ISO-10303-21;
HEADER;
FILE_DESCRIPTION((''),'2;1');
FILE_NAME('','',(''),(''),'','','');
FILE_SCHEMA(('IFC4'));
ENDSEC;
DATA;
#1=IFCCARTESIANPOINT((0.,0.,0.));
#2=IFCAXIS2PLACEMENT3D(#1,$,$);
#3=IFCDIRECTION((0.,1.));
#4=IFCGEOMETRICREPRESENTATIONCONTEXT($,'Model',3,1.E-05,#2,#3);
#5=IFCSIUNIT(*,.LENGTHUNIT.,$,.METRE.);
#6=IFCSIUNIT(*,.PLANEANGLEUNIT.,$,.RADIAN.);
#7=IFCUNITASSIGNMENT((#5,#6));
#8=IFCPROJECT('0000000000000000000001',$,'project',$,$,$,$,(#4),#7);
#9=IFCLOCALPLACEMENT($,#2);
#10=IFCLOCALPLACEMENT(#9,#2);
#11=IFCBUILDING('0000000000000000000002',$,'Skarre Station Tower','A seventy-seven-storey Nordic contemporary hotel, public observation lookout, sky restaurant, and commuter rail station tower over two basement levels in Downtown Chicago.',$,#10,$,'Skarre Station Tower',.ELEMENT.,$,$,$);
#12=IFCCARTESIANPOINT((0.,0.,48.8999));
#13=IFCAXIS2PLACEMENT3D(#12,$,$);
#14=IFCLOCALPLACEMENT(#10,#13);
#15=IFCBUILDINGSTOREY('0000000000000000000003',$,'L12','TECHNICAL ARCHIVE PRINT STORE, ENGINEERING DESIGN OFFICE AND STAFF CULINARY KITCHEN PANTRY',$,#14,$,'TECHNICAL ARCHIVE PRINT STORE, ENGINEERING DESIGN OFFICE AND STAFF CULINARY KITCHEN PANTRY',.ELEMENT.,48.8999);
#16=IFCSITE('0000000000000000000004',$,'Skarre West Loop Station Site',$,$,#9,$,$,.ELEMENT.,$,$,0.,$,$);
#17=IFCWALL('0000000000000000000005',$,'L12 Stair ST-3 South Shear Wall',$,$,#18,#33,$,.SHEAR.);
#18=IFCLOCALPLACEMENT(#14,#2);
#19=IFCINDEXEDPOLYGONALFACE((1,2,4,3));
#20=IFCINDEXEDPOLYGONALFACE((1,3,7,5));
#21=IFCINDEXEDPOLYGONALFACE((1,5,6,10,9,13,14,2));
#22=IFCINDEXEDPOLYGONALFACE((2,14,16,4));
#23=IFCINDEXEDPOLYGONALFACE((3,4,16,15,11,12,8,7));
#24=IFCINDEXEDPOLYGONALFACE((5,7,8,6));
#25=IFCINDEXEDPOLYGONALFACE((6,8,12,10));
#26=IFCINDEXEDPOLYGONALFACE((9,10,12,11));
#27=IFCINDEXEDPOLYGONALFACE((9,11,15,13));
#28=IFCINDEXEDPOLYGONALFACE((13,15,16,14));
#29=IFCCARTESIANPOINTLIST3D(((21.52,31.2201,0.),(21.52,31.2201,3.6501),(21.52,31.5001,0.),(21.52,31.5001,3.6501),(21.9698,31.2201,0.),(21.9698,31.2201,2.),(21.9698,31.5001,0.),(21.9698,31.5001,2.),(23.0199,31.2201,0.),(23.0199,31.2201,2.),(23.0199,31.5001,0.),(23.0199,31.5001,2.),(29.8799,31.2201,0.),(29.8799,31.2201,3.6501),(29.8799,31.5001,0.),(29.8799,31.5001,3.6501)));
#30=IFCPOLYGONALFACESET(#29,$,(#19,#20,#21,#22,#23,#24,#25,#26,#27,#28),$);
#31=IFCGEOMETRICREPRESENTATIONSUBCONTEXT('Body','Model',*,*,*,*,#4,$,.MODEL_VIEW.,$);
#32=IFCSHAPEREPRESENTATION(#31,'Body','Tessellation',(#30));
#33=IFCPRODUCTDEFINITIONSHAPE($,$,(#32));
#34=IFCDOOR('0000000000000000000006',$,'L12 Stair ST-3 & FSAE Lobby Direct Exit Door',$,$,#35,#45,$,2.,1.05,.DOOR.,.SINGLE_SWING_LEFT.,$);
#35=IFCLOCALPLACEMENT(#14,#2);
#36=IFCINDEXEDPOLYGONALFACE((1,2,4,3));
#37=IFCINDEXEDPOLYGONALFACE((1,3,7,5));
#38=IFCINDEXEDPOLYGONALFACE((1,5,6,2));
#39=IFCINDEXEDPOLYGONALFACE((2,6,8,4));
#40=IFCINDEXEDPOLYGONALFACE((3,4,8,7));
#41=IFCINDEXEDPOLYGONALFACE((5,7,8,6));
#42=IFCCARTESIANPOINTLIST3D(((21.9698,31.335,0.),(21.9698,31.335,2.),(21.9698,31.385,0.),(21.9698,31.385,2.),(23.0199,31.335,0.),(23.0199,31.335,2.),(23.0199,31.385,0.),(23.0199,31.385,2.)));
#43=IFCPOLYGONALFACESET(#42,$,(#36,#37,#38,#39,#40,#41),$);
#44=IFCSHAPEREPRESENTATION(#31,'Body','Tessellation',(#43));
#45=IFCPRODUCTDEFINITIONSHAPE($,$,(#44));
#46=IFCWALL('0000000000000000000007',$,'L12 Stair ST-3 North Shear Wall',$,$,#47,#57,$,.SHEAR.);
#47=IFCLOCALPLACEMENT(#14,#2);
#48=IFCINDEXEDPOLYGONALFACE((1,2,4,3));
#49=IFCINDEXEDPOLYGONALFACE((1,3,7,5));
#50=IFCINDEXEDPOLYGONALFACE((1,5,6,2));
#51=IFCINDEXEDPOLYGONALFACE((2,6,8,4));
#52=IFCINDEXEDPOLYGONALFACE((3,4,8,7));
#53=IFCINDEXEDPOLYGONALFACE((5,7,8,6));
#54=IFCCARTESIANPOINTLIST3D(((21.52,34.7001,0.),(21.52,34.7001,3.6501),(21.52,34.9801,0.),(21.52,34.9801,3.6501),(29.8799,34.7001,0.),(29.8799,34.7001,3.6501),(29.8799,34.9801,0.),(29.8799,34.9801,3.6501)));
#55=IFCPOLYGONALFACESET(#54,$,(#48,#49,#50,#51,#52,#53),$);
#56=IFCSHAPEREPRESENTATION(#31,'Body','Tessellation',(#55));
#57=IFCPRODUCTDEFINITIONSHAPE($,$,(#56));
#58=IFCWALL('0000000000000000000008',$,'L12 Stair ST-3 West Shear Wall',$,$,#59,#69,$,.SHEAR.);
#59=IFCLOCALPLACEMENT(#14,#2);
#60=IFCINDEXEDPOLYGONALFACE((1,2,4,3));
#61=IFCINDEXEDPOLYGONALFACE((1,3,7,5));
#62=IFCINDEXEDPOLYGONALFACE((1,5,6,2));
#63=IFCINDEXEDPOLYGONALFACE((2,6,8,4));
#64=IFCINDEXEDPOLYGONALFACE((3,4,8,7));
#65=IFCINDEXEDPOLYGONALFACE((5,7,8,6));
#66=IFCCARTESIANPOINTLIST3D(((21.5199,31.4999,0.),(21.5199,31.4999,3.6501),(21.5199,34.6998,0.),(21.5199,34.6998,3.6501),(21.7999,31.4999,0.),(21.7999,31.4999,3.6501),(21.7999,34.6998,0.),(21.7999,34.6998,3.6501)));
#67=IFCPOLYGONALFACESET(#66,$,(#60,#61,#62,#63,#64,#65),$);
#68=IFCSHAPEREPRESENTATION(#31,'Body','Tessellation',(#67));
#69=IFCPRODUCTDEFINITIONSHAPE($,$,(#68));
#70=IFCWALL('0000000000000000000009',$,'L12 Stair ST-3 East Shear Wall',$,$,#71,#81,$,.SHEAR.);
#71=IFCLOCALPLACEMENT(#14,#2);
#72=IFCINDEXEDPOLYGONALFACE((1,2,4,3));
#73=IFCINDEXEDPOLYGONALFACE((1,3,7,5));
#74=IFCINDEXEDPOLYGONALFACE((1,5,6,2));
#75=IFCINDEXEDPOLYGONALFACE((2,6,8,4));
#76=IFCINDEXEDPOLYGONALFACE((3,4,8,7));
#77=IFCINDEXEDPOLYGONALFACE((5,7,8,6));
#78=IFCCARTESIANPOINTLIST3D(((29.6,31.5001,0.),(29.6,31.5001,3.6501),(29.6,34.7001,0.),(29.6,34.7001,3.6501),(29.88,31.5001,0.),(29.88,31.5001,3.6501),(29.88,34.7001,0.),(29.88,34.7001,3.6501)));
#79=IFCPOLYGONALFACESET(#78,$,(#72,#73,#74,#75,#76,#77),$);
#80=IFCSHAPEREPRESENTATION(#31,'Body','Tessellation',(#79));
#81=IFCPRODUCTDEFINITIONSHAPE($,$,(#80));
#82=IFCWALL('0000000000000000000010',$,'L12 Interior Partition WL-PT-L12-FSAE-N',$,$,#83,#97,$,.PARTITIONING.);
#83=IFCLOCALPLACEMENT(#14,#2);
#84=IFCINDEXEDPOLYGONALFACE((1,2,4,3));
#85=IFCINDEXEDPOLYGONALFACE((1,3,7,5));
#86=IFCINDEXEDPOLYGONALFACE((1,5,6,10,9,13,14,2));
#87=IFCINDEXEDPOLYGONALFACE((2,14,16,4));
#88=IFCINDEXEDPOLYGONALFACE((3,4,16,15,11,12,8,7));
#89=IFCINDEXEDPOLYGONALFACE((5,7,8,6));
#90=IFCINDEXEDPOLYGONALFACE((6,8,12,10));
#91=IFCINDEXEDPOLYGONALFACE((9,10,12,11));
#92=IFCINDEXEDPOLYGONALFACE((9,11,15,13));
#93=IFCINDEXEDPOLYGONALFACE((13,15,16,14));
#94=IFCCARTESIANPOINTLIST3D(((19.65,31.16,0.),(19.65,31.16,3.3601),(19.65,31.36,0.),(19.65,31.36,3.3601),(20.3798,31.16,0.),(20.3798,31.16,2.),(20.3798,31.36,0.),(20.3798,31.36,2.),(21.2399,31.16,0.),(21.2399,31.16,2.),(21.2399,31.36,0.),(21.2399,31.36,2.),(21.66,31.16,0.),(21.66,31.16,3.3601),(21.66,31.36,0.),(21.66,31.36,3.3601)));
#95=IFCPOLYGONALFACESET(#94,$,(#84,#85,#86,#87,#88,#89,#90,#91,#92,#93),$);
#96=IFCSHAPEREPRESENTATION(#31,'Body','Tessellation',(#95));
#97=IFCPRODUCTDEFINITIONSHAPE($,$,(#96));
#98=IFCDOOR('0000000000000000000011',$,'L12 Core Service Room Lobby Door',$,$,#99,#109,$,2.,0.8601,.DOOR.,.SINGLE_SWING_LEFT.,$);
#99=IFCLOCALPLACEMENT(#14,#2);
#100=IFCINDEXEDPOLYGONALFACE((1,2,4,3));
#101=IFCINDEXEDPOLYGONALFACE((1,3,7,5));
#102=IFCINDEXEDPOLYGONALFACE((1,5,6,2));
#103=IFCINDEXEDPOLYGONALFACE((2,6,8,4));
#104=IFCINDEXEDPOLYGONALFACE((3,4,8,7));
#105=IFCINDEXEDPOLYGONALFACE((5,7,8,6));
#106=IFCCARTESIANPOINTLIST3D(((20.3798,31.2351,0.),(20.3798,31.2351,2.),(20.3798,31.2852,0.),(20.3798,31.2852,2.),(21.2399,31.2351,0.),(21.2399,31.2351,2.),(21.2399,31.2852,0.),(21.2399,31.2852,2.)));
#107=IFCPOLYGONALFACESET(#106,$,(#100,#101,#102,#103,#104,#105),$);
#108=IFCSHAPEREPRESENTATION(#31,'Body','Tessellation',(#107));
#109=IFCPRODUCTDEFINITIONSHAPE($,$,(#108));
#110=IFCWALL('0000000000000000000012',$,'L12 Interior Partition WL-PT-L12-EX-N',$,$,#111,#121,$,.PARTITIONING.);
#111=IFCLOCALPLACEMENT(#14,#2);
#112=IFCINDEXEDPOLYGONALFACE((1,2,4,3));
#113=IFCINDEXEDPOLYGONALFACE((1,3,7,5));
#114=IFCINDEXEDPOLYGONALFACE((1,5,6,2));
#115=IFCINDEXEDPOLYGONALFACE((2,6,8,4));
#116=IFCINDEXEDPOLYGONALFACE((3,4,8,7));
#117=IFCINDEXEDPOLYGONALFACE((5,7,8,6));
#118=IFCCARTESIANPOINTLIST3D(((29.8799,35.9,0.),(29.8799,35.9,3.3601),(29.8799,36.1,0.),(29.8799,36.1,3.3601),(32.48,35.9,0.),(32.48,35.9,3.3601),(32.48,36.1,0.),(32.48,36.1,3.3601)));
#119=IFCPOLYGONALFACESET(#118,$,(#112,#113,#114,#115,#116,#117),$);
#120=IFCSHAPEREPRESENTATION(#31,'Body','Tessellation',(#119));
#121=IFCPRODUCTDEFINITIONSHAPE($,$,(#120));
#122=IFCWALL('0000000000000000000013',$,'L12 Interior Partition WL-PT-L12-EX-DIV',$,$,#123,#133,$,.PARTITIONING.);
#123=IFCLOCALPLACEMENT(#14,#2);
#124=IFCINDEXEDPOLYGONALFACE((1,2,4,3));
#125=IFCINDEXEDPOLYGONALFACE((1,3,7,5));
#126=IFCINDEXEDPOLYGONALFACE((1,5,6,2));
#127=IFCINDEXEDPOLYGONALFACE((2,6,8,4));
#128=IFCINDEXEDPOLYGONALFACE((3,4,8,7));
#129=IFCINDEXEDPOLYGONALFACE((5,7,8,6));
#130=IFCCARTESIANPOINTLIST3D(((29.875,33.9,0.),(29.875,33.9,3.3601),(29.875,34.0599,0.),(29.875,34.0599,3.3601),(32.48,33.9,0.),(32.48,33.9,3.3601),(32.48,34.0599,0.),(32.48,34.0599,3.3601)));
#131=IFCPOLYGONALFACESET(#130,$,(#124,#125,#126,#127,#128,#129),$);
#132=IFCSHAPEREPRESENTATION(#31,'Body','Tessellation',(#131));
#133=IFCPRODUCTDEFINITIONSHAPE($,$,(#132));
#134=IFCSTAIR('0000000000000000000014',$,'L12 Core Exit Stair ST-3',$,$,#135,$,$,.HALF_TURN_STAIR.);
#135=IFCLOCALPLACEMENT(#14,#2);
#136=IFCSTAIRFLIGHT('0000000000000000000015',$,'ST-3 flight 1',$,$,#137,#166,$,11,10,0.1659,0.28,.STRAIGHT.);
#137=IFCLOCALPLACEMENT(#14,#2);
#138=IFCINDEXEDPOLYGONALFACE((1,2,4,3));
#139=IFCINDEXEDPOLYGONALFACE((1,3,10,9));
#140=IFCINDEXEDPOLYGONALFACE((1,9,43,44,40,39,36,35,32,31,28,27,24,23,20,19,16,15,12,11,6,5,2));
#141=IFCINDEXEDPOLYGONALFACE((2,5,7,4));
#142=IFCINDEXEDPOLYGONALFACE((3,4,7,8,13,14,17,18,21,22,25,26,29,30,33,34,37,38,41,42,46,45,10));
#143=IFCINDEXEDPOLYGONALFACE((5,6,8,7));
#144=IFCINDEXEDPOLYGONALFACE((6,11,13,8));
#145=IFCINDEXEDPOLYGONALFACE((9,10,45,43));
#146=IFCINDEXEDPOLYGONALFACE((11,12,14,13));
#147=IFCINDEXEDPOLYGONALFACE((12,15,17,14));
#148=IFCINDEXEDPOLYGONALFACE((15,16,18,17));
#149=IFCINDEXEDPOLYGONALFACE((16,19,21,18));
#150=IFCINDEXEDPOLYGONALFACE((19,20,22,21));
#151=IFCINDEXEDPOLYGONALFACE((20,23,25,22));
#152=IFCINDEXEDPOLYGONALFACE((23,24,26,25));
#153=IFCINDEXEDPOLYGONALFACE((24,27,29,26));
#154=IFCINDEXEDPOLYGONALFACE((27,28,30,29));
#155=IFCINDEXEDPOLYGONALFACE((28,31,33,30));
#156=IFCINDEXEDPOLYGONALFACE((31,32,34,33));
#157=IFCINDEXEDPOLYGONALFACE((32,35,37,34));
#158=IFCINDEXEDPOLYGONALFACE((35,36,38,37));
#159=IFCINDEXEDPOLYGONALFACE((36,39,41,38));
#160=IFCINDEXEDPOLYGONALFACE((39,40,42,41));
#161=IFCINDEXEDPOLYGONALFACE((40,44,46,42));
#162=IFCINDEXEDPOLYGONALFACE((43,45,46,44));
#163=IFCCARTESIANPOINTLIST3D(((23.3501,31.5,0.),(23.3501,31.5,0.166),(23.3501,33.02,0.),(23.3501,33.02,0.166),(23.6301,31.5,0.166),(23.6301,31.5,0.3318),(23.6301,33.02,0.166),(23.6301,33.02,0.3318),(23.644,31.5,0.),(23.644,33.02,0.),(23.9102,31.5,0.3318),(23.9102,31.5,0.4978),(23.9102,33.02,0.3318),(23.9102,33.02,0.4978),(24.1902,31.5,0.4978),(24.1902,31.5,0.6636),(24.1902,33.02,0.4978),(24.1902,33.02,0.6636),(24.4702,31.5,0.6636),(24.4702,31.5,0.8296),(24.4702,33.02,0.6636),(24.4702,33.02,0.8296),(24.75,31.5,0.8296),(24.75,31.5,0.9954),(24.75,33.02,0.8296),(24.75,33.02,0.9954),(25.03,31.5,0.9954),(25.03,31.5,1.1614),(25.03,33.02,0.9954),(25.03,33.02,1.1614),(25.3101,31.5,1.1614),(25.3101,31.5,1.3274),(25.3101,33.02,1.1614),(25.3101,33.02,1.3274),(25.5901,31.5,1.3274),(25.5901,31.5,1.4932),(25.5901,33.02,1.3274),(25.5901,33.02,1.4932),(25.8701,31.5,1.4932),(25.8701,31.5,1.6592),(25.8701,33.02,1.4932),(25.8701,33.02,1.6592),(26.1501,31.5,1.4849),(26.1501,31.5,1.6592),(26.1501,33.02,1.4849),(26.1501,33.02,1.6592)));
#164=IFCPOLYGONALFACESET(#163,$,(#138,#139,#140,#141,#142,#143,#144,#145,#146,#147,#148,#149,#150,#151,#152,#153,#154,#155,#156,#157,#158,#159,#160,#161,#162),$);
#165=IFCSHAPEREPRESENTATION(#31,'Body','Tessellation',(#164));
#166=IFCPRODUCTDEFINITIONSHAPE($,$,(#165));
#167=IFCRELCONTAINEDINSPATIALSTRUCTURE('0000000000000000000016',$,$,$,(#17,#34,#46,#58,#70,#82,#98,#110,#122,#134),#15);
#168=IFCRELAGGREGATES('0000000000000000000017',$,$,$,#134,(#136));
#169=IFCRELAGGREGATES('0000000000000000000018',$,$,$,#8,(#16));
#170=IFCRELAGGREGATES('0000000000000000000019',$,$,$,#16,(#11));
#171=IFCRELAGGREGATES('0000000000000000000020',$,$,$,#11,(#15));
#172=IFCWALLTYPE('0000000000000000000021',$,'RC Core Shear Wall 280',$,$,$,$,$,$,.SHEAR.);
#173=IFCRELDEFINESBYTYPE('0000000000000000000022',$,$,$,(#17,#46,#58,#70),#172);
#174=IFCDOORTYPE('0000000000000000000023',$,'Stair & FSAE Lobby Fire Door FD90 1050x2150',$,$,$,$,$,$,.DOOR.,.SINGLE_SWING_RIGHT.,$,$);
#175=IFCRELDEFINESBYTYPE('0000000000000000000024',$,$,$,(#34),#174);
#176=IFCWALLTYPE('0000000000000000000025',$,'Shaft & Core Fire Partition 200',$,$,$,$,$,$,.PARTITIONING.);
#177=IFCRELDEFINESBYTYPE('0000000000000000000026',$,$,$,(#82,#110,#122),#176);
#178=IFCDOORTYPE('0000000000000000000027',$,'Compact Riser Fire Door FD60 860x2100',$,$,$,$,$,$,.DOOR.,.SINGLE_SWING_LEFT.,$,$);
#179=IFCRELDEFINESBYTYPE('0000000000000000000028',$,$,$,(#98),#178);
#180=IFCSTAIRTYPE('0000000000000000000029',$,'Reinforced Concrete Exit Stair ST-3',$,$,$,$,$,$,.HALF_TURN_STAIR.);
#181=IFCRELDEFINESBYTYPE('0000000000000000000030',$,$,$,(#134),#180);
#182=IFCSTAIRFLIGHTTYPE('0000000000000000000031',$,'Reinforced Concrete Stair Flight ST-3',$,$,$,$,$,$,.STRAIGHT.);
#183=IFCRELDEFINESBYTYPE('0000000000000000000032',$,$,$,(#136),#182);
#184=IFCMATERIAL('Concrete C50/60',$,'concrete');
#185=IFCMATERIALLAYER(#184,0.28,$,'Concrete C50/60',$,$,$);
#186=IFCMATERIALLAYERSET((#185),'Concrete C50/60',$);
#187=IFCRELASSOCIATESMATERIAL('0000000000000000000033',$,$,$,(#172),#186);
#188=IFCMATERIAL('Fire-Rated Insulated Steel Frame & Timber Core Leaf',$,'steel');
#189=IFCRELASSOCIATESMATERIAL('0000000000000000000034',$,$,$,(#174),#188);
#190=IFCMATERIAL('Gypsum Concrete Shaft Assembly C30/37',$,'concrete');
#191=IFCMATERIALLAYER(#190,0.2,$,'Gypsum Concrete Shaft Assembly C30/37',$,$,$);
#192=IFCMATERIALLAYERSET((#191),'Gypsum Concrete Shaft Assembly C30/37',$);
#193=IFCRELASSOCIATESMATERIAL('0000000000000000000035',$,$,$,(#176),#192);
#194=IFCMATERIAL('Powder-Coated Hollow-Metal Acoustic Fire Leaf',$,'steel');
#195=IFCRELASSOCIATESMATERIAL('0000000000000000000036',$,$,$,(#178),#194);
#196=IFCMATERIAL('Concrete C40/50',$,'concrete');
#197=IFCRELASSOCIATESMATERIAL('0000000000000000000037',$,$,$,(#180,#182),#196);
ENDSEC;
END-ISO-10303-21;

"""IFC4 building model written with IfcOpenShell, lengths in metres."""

from ifc_helpers import new_model, si_unit, direction, frame, frame_2d, origin, place, context, subcontext, project, spatial, polyline, rectangle, outline, extrude, material, layer, layer_set, type_object, element, fill, aggregate, save


model = new_model("IFC4")

# Units and contexts
model_context = context("Model", 3, precision=1e-05, world=origin(), true_north=direction((0.0, 1.0)))
body_context = subcontext(model_context, "Body", "Model", "MODEL_VIEW")
ifc_project = project(units=[si_unit("LENGTHUNIT", "METRE"), si_unit("PLANEANGLEUNIT", "RADIAN")], contexts=[model_context])

# Site, building, storey
site_placement = place(None, origin())
site = spatial("IfcSite", under=ifc_project, at=site_placement, Name="Skarre West Loop Station Site", CompositionType="ELEMENT", RefElevation=0.0)
building_placement = place(site_placement, origin())
building = spatial("IfcBuilding", under=site, at=building_placement, Name="Skarre Station Tower", Description="A seventy-seven-storey Nordic contemporary hotel, public observation lookout, sky restaurant, and commuter rail station tower over two basement levels in Downtown Chicago.", LongName="Skarre Station Tower", CompositionType="ELEMENT")
storey_placement = place(building_placement, frame((0.0, 0.0, 48.8999)))
storey = spatial("IfcBuildingStorey", under=building, at=storey_placement, Name="L12", Description="TECHNICAL ARCHIVE PRINT STORE, ENGINEERING DESIGN OFFICE AND STAFF CULINARY KITCHEN PANTRY", LongName="TECHNICAL ARCHIVE PRINT STORE, ENGINEERING DESIGN OFFICE AND STAFF CULINARY KITCHEN PANTRY", CompositionType="ELEMENT", Elevation=48.8999)

# Wall, opening, door
ifc_material_1 = material(Name="Concrete C50/60", Category="concrete")
ifc_layer_1 = layer(ifc_material_1, 0.28, Name="Concrete C50/60")
ifc_layer_set_1 = layer_set([ifc_layer_1], Name="Concrete C50/60")
wall_type_1 = type_object("IfcWallType", Name="RC Core Shear Wall 280", PredefinedType="SHEAR", material=ifc_layer_set_1)
wall_1_placement = place(storey_placement, frame((21.52, 31.3601, 0.0), z_axis=(0.0, 0.0, 1.0), x_axis=(1.0, 0.0, 0.0)))
wall_1 = element("IfcWall", 1, at=wall_1_placement, inside=storey, type_object=wall_type_1, Name="L12 Stair ST-3 South Shear Wall", PredefinedType="SHEAR", context=body_context, shape_type="SweptSolid", body=[
    extrude(rectangle(XDim=8.3599, YDim=0.28, at=frame_2d((4.1799, 0.0))), origin(), (0.0, 0.0, 1.0), 3.6501),
])
opening_1_placement = place(wall_1_placement, frame((0.45, 0.0, 0.0)))
opening_1 = element("IfcOpeningElement", 2, at=opening_1_placement, cuts=wall_1, PredefinedType="OPENING", context=body_context, shape_type="SweptSolid", body=[
    extrude(rectangle(XDim=1.05, YDim=2.0, at=frame_2d((0.5249, 1.0))), frame((0.0, 0.1499, 0.0), z_axis=(0.0, -1.0, 0.0), x_axis=(1.0, 0.0, 0.0)), (0.0, 0.0, 1.0), 0.3),
])
ifc_material_2 = material(Name="Fire-Rated Insulated Steel Frame & Timber Core Leaf", Category="steel")
door_type_1 = type_object("IfcDoorType", Name="Stair & FSAE Lobby Fire Door FD90 1050x2150", OperationType="SINGLE_SWING_RIGHT", PredefinedType="DOOR", material=ifc_material_2)
door_1_placement = place(opening_1_placement, origin())
door_1 = element("IfcDoor", 3, at=door_1_placement, inside=storey, type_object=door_type_1, Name="L12 Stair ST-3 & FSAE Lobby Direct Exit Door", OperationType="SINGLE_SWING_LEFT", OverallHeight=2.0, OverallWidth=1.05, PredefinedType="DOOR", context=body_context, shape_type="SweptSolid", body=[
    extrude(rectangle(XDim=1.05, YDim=2.0, at=frame_2d((0.5249, 1.0))), frame((0.0, 0.0249, 0.0), z_axis=(0.0, -1.0, 0.0), x_axis=(1.0, 0.0, 0.0)), (0.0, 0.0, 1.0), 0.05),
])
fill(opening_1, door_1)

# Walls
wall_2_placement = place(storey_placement, frame((29.8799, 34.8401, 0.0), z_axis=(0.0, 0.0, 1.0), x_axis=(-1.0, 0.0, 0.0)))
element("IfcWall", 4, at=wall_2_placement, inside=storey, type_object=wall_type_1, Name="L12 Stair ST-3 North Shear Wall", PredefinedType="SHEAR", context=body_context, shape_type="SweptSolid", body=[
    extrude(rectangle(XDim=8.3599, YDim=0.28, at=frame_2d((4.1799, 0.0))), origin(), (0.0, 0.0, 1.0), 3.6501),
])
for number, where, z_axis, x_axis, name in (
    (5, (21.6599, 34.7, 0.0), (0.0, 0.0, 1.0), (0.0, -1.0, 0.0), "L12 Stair ST-3 West Shear Wall"),
    (6, (29.74, 31.5, 0.0), (0.0, 0.0, 1.0), (0.0, 1.0, 0.0), "L12 Stair ST-3 East Shear Wall"),
):
    element("IfcWall", number, at=place(storey_placement, frame(where, z_axis=z_axis, x_axis=x_axis)), inside=storey, type_object=wall_type_1, Name=name, PredefinedType="SHEAR", context=body_context, shape_type="SweptSolid", body=[
        extrude(rectangle(XDim=3.2, YDim=0.28, at=frame_2d((1.6001, 0.0))), origin(), (0.0, 0.0, 1.0), 3.6501),
    ])

# Wall, opening, door
ifc_material_3 = material(Name="Gypsum Concrete Shaft Assembly C30/37", Category="concrete")
ifc_layer_2 = layer(ifc_material_3, 0.2, Name="Gypsum Concrete Shaft Assembly C30/37")
ifc_layer_set_2 = layer_set([ifc_layer_2], Name="Gypsum Concrete Shaft Assembly C30/37")
wall_type_2 = type_object("IfcWallType", Name="Shaft & Core Fire Partition 200", PredefinedType="PARTITIONING", material=ifc_layer_set_2)
wall_3_placement = place(storey_placement, frame((21.6599, 31.26, 0.0), z_axis=(0.0, 0.0, 1.0), x_axis=(-1.0, 0.0, 0.0)))
wall_3 = element("IfcWall", 7, at=wall_3_placement, inside=storey, type_object=wall_type_2, Name="L12 Interior Partition WL-PT-L12-FSAE-N", PredefinedType="PARTITIONING", context=body_context, shape_type="SweptSolid", body=[
    extrude(rectangle(XDim=2.01, YDim=0.2, at=frame_2d((1.0049, 0.0))), origin(), (0.0, 0.0, 1.0), 3.3601),
])
opening_2_placement = place(wall_3_placement, frame((0.4199, 0.0, 0.0)))
opening_2 = element("IfcOpeningElement", 8, at=opening_2_placement, cuts=wall_3, PredefinedType="OPENING", context=body_context, shape_type="SweptSolid", body=[
    extrude(rectangle(XDim=0.8601, YDim=2.0, at=frame_2d((0.4302, 1.0))), frame((0.0, 0.1099, 0.0), z_axis=(0.0, -1.0, 0.0), x_axis=(1.0, 0.0, 0.0)), (0.0, 0.0, 1.0), 0.22),
])
ifc_material_4 = material(Name="Powder-Coated Hollow-Metal Acoustic Fire Leaf", Category="steel")
door_type_2 = type_object("IfcDoorType", Name="Compact Riser Fire Door FD60 860x2100", OperationType="SINGLE_SWING_LEFT", PredefinedType="DOOR", material=ifc_material_4)
door_2_placement = place(opening_2_placement, origin())
door_2 = element("IfcDoor", 9, at=door_2_placement, inside=storey, type_object=door_type_2, Name="L12 Core Service Room Lobby Door", OperationType="SINGLE_SWING_LEFT", OverallHeight=2.0, OverallWidth=0.8601, PredefinedType="DOOR", context=body_context, shape_type="SweptSolid", body=[
    extrude(rectangle(XDim=0.8601, YDim=2.0, at=frame_2d((0.4302, 1.0))), frame((0.0, 0.0249, 0.0), z_axis=(0.0, -1.0, 0.0), x_axis=(1.0, 0.0, 0.0)), (0.0, 0.0, 1.0), 0.05),
])
fill(opening_2, door_2)

# Walls
wall_4_placement = place(storey_placement, frame((29.8799, 36.0, 0.0), z_axis=(0.0, 0.0, 1.0), x_axis=(1.0, 0.0, 0.0)))
element("IfcWall", 10, at=wall_4_placement, inside=storey, type_object=wall_type_2, Name="L12 Interior Partition WL-PT-L12-EX-N", PredefinedType="PARTITIONING", context=body_context, shape_type="SweptSolid", body=[
    extrude(rectangle(XDim=2.6001, YDim=0.2, at=frame_2d((1.3, 0.0))), origin(), (0.0, 0.0, 1.0), 3.3601),
])
wall_5_placement = place(storey_placement, frame((29.875, 33.98, 0.0), z_axis=(0.0, 0.0, 1.0), x_axis=(1.0, 0.0, 0.0)))
element("IfcWall", 11, at=wall_5_placement, inside=storey, type_object=wall_type_2, Name="L12 Interior Partition WL-PT-L12-EX-DIV", PredefinedType="PARTITIONING", context=body_context, shape_type="SweptSolid", body=[
    extrude(rectangle(XDim=2.605, YDim=0.1599, at=frame_2d((1.3025, 0.0))), origin(), (0.0, 0.0, 1.0), 3.3601),
])

# Stair, stair flight
ifc_material_5 = material(Name="Concrete C40/50", Category="concrete")
stair_type = type_object("IfcStairType", Name="Reinforced Concrete Exit Stair ST-3", PredefinedType="HALF_TURN_STAIR", material=ifc_material_5)
stair_placement = place(storey_placement, origin())
stair = element("IfcStair", 12, at=stair_placement, inside=storey, type_object=stair_type, Name="L12 Core Exit Stair ST-3", PredefinedType="HALF_TURN_STAIR")
stair_flight_type = type_object("IfcStairFlightType", Name="Reinforced Concrete Stair Flight ST-3", PredefinedType="STRAIGHT", material=ifc_material_5)
stair_flight_1_placement = place(storey_placement, frame((23.3501, 32.26, 0.0), z_axis=(0.0, 0.0, 1.0), x_axis=(1.0, 0.0, 0.0)))
stair_flight_1 = element("IfcStairFlight", 13, at=stair_flight_1_placement, type_object=stair_flight_type, Name="ST-3 flight 1", NumberOfRisers=11, NumberOfTreads=10, PredefinedType="STRAIGHT", RiserHeight=0.1659, TreadLength=0.28, context=body_context, shape_type="SweptSolid", body=[
    extrude(outline(polyline([(0.0, 0.0), (0.0, 0.166), (0.28, 0.166), (0.28, 0.3318), (0.5601, 0.3318), (0.5601, 0.4978), (0.8401, 0.4978), (0.8401, 0.6636), (1.1201, 0.6636), (1.1201, 0.8296), (1.3999, 0.8296), (1.3999, 0.9954), (1.6799, 0.9954), (1.6799, 1.1614), (1.96, 1.1614), (1.96, 1.3274), (2.24, 1.3274), (2.24, 1.4932), (2.52, 1.4932), (2.52, 1.6592), (2.8, 1.6592), (2.8, 1.825), (2.8, 1.4849), (0.2939, 0.0), (0.0, 0.0)])), frame((0.0, 0.76, 0.0), z_axis=(0.0, -1.0, 0.0), x_axis=(1.0, 0.0, 0.0)), (0.0, 0.0, 1.0), 1.52),
])
aggregate(stair, [stair_flight_1])

save(model, "model.ifc")
